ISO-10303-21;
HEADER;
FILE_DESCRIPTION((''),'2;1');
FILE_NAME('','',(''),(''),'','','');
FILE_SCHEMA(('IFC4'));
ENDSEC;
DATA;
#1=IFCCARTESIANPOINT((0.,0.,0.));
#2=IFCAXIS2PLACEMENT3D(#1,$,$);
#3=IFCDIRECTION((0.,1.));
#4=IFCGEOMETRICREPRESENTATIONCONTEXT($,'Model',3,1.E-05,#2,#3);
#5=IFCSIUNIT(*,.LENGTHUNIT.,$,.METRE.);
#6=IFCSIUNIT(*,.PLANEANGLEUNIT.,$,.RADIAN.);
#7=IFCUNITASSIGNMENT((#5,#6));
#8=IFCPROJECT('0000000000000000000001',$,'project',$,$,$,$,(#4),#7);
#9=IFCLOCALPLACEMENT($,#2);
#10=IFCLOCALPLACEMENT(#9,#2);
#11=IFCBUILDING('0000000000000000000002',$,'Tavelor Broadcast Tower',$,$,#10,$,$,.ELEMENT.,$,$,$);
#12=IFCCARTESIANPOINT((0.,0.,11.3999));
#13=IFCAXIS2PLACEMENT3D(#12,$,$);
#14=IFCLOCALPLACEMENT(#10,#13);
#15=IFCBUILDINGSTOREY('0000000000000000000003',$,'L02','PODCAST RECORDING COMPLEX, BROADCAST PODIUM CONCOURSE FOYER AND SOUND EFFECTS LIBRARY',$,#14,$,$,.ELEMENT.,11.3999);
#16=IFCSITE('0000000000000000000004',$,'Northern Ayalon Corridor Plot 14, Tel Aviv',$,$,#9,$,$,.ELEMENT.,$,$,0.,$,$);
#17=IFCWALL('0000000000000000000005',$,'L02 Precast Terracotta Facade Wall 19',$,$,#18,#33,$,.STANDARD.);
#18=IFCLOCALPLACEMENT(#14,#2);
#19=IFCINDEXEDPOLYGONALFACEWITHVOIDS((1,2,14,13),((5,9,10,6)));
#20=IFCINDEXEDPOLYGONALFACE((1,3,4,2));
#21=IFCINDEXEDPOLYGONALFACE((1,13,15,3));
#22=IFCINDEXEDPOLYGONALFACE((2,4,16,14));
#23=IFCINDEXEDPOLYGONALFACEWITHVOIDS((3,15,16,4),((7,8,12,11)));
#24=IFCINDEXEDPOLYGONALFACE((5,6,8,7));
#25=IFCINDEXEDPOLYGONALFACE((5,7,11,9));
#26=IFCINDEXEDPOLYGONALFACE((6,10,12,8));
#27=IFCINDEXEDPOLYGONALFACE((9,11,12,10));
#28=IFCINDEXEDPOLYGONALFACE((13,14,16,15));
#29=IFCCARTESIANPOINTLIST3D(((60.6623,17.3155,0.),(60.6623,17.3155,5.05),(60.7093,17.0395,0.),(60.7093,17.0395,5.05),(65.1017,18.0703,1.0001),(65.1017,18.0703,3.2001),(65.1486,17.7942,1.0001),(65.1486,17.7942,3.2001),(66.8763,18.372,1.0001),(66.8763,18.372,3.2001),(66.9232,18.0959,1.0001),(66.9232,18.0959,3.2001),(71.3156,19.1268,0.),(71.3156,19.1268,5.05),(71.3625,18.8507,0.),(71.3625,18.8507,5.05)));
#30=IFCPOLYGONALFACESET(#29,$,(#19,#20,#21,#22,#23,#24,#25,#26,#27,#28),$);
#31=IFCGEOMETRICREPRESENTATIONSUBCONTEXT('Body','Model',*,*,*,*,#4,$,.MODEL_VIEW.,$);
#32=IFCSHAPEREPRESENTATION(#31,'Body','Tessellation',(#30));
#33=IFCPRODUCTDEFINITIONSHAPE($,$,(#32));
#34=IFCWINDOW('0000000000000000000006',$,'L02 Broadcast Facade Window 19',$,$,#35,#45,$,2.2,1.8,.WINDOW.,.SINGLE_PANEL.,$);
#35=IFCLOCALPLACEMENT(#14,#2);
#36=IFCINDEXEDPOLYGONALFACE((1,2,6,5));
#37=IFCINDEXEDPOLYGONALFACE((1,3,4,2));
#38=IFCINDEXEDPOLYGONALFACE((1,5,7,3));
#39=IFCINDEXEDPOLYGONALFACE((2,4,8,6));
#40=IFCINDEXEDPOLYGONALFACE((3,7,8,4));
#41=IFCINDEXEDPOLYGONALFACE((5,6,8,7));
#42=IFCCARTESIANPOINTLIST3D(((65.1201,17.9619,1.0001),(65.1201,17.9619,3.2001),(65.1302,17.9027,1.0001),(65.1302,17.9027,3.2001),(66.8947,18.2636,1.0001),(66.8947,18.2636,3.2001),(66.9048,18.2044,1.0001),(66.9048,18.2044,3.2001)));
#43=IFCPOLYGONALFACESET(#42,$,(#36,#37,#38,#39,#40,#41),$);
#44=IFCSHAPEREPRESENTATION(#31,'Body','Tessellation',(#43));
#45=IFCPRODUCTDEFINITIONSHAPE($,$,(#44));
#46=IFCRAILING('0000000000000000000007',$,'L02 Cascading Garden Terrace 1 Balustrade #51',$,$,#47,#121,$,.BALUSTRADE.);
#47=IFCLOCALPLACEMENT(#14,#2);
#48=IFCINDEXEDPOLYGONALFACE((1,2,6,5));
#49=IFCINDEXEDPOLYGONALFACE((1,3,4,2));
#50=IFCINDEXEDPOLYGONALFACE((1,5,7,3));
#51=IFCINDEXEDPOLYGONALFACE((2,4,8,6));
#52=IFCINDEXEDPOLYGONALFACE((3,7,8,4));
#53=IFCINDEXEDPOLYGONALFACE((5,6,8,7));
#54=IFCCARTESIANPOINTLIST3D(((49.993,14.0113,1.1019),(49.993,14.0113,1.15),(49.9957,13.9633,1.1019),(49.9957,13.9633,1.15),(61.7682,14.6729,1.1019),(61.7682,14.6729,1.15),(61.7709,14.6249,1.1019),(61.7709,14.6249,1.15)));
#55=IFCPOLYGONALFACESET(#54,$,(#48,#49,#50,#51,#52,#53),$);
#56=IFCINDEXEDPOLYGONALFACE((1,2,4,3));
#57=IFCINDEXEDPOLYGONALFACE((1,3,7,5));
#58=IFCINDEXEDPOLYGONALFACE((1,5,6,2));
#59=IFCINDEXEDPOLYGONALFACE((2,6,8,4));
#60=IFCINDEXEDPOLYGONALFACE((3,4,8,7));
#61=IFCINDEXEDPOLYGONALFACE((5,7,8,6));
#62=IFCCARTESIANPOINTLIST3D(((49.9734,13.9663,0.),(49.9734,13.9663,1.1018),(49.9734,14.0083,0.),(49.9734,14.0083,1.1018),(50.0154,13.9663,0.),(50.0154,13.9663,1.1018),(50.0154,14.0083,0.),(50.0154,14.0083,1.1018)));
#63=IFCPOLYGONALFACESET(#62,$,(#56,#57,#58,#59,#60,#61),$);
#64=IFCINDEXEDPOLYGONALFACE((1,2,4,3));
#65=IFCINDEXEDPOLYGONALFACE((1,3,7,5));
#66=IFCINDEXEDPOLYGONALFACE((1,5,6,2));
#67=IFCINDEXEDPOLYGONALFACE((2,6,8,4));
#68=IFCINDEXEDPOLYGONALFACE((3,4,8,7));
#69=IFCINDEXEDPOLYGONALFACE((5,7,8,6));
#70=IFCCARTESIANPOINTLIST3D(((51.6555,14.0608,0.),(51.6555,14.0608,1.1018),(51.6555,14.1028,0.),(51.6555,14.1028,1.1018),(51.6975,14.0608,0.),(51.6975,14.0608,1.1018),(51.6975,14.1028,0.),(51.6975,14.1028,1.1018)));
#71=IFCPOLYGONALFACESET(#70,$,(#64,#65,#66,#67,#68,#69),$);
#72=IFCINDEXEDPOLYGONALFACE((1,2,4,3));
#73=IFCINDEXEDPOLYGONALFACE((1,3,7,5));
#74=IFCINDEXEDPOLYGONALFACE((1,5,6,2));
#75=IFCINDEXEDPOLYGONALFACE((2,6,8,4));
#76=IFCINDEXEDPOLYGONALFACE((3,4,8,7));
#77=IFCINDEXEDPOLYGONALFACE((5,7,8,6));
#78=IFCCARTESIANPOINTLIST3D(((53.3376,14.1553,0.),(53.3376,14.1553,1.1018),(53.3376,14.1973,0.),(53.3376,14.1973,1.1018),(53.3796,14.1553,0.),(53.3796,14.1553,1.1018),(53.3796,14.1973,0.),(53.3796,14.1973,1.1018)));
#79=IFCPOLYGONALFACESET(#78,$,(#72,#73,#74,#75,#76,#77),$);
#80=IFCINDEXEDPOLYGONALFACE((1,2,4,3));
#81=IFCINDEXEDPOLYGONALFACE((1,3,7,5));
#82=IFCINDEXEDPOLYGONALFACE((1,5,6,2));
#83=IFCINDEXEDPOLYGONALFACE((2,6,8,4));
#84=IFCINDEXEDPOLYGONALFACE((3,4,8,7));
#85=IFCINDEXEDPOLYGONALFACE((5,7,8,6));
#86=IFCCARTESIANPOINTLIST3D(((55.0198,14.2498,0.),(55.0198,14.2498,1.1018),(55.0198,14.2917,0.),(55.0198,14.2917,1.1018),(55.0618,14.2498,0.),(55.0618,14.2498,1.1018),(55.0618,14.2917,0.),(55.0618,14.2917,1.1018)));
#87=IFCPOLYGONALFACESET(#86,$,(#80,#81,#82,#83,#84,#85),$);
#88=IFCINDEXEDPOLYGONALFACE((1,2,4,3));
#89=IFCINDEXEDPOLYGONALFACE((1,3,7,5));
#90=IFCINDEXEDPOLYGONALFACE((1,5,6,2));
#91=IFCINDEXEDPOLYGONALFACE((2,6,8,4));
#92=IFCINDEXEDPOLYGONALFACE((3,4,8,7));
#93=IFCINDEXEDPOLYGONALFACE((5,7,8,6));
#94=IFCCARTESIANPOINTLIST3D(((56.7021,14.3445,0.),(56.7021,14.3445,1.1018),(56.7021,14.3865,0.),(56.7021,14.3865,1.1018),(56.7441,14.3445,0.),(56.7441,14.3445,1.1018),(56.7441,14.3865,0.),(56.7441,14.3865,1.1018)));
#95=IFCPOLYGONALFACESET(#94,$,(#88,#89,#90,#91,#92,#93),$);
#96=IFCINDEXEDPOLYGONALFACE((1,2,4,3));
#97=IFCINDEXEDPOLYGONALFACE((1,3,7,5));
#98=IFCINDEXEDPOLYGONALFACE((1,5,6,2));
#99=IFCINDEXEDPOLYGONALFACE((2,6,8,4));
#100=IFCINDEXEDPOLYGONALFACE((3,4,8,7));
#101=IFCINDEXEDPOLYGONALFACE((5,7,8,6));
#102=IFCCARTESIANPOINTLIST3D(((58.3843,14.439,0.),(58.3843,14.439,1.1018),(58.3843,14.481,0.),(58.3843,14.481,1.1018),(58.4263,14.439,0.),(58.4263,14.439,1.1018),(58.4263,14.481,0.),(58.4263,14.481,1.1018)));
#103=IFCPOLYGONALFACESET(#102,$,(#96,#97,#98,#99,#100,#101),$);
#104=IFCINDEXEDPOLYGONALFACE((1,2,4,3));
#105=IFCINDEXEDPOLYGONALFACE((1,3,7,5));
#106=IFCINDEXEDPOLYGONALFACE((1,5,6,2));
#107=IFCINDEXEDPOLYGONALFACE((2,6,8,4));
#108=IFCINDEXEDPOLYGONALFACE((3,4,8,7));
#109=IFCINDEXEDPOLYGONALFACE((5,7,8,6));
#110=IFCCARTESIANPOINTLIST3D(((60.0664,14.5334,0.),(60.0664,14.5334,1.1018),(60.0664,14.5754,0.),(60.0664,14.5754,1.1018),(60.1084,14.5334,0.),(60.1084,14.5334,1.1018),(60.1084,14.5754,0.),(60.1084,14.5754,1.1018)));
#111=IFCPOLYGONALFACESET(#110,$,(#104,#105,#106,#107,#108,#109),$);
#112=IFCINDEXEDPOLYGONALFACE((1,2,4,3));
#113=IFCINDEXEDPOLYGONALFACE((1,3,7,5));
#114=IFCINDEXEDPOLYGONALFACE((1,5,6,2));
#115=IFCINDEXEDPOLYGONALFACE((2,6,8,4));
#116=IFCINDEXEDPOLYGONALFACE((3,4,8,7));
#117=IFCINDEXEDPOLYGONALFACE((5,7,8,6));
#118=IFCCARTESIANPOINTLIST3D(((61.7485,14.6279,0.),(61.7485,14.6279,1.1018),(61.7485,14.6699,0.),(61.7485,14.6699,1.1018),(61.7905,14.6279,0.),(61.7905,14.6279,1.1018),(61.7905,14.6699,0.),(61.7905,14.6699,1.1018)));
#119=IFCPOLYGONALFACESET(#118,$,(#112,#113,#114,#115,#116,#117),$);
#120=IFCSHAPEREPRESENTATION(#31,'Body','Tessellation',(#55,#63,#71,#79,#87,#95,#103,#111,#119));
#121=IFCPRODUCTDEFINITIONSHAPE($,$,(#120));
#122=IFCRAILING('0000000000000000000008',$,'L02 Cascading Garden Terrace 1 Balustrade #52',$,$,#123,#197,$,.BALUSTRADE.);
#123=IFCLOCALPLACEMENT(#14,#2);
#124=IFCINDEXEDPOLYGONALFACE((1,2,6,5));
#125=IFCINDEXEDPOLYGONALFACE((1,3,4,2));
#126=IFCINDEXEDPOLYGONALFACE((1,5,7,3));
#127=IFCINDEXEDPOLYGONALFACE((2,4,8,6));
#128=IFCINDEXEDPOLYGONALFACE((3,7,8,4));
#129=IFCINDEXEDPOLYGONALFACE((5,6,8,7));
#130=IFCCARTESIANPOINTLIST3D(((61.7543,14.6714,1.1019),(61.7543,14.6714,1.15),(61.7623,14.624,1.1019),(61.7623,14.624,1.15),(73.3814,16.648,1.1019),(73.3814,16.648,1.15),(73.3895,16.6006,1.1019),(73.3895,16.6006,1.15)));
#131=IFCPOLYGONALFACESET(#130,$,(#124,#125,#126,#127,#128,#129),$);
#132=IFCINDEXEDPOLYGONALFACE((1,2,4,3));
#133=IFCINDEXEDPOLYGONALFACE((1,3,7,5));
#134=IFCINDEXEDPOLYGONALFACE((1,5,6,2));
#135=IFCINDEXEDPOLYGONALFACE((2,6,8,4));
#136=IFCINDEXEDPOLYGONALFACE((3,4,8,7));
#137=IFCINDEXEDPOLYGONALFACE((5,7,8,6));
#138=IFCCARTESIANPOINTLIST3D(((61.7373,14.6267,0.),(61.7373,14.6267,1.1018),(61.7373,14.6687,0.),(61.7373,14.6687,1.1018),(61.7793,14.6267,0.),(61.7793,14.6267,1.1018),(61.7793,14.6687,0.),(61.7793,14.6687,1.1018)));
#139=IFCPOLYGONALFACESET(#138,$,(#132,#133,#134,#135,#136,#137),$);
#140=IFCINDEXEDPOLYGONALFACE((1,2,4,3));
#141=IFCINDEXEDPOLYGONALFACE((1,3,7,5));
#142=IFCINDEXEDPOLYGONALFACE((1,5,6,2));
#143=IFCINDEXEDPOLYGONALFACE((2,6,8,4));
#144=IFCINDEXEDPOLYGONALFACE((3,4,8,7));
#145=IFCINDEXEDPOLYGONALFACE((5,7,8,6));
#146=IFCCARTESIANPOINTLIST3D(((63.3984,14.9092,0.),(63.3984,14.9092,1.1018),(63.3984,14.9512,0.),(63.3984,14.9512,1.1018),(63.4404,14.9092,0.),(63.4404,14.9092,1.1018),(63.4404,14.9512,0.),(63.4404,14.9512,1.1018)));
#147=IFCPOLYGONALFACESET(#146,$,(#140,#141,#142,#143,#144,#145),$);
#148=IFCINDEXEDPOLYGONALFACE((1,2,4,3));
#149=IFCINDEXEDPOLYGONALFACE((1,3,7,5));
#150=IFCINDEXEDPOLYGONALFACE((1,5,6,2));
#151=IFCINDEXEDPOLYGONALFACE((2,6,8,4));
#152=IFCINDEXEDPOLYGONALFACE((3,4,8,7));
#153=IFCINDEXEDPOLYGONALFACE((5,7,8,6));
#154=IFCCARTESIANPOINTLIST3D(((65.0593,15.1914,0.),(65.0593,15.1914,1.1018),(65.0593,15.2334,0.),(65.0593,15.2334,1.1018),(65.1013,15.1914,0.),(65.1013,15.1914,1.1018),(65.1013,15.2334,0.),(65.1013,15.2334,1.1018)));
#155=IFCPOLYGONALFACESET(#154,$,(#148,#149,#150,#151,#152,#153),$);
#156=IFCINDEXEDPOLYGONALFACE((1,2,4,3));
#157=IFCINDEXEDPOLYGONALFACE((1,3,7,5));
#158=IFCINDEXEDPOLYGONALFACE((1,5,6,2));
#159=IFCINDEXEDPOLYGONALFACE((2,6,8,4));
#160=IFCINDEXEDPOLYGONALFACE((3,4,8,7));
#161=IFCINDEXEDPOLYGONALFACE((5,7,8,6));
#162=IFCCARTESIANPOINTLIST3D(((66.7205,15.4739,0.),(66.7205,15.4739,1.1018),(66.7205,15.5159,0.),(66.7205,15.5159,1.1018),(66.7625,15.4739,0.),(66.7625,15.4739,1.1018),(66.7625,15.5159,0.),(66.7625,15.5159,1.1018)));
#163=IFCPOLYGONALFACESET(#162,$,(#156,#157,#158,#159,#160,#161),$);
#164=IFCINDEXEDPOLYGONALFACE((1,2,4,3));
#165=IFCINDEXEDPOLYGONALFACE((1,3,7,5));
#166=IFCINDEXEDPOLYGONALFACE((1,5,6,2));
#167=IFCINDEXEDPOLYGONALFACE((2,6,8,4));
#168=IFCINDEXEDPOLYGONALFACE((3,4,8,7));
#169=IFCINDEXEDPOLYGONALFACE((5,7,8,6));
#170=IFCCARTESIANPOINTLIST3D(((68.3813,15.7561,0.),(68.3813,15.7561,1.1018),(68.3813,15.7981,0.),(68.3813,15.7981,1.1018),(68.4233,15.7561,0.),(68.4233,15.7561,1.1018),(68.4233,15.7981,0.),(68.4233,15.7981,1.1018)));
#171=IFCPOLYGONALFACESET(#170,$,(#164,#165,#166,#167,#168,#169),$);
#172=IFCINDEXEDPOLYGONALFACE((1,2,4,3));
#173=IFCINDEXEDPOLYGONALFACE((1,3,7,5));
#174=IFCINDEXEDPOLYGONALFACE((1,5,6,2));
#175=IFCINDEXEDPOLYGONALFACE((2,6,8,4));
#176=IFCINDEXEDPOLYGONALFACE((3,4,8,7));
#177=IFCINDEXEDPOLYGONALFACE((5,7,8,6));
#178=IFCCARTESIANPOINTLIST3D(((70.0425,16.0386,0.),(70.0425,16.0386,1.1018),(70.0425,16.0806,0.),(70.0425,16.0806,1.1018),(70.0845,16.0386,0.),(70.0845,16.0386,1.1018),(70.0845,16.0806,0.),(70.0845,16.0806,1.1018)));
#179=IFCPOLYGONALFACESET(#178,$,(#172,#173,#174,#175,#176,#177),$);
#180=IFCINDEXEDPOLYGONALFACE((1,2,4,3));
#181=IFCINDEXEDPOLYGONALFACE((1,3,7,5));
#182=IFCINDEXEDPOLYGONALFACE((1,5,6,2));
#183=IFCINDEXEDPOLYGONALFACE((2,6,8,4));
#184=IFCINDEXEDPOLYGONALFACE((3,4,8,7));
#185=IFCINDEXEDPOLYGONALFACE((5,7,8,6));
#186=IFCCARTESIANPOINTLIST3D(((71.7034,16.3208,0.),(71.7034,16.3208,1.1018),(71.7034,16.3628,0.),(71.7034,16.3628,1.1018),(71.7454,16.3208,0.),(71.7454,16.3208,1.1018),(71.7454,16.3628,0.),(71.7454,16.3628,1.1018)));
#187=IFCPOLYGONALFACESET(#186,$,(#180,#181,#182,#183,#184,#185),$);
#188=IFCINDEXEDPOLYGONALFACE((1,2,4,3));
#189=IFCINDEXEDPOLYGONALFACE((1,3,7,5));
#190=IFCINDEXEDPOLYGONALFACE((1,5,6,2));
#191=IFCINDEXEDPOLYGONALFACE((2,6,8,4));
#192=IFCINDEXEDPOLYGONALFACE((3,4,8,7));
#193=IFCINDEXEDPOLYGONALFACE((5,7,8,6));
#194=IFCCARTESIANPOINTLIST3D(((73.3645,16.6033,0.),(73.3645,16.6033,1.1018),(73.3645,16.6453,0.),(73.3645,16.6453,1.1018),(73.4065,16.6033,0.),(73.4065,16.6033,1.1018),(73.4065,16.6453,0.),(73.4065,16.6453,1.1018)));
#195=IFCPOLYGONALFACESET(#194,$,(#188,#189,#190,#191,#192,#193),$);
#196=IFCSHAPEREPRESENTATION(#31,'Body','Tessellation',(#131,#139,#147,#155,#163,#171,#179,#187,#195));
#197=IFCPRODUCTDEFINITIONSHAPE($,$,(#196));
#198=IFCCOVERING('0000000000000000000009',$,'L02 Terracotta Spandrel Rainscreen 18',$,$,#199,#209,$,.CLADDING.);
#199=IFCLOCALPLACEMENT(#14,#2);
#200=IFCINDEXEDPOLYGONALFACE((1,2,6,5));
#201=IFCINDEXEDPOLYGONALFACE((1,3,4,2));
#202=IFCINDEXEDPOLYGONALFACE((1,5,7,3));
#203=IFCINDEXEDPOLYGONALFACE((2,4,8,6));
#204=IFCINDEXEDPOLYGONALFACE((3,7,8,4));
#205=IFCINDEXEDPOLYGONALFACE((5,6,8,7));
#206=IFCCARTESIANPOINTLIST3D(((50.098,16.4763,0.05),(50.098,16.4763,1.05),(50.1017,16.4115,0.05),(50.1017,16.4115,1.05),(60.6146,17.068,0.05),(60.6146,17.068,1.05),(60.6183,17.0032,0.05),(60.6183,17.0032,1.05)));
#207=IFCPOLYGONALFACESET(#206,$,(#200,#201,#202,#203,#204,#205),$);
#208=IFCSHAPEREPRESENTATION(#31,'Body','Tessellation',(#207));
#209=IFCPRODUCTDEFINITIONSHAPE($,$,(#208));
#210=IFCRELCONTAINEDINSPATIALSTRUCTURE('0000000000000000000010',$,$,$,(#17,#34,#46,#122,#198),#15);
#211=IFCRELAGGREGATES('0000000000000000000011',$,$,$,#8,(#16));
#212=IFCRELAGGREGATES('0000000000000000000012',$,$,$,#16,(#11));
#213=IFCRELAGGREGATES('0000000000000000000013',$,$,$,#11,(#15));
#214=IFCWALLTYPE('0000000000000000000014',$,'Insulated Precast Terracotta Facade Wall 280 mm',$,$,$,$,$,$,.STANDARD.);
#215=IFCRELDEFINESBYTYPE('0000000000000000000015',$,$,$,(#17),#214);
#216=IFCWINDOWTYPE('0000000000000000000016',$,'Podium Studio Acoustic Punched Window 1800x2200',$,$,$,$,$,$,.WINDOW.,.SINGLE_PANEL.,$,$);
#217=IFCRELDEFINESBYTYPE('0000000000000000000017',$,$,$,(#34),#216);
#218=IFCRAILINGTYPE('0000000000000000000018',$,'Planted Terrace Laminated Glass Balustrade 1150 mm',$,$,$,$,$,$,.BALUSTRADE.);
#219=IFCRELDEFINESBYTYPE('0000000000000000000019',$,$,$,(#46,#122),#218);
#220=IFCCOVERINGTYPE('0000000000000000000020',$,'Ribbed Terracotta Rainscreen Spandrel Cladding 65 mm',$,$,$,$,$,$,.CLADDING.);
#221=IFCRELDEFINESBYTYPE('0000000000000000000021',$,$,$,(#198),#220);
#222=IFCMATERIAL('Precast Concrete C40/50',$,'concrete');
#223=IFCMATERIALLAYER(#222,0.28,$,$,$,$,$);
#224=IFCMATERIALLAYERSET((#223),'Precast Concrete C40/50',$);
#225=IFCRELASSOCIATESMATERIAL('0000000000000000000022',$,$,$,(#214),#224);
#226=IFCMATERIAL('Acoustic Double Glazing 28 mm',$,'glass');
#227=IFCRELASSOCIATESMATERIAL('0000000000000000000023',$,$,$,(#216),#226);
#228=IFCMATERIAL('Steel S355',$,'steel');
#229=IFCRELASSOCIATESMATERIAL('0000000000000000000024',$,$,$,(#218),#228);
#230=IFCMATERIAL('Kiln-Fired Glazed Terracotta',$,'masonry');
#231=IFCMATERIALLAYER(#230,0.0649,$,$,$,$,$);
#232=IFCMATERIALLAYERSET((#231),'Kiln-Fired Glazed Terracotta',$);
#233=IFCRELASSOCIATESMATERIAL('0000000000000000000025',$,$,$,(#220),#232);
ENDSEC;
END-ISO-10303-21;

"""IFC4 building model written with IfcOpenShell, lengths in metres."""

from ifc_helpers import new_model, si_unit, direction, frame, frame_2d, origin, origin_2d, place, context, subcontext, project, spatial, rectangle, extrude, material, layer, layer_set, type_object, element, fill, save


model = new_model("IFC4")

# Units and contexts
model_context = context("Model", 3, precision=1e-05, world=origin(), true_north=direction((0.0, 1.0)))
body_context = subcontext(model_context, "Body", "Model", "MODEL_VIEW")
ifc_project = project(units=[si_unit("LENGTHUNIT", "METRE"), si_unit("PLANEANGLEUNIT", "RADIAN")], contexts=[model_context])

# Site, building, storey
site_placement = place(None, origin())
site = spatial("IfcSite", under=ifc_project, at=site_placement, Name="Northern Ayalon Corridor Plot 14, Tel Aviv", CompositionType="ELEMENT", RefElevation=0.0)
building_placement = place(site_placement, origin())
building = spatial("IfcBuilding", under=site, at=building_placement, Name="Tavelor Broadcast Tower", CompositionType="ELEMENT")
storey_placement = place(building_placement, frame((0.0, 0.0, 11.3999)))
storey = spatial("IfcBuildingStorey", under=building, at=storey_placement, Name="L02", Description="PODCAST RECORDING COMPLEX, BROADCAST PODIUM CONCOURSE FOYER AND SOUND EFFECTS LIBRARY", CompositionType="ELEMENT", Elevation=11.3999)

# Shared definitions
ifc_material_1 = material(Name="Steel S355", Category="steel")

# Shared definitions
ifc_material_2 = material(Name="Acoustic Double Glazing 28 mm", Category="glass")

# Shared definitions
ifc_material_3 = material(Name="Precast Concrete C40/50", Category="concrete")
ifc_layer_1 = layer(ifc_material_3, 0.28)
ifc_layer_set_1 = layer_set([ifc_layer_1], Name="Precast Concrete C40/50")
wall_type_1 = type_object("IfcWallType", Name="Insulated Precast Terracotta Facade Wall 280 mm", PredefinedType="STANDARD", material=ifc_layer_set_1)

# Wall, opening, window
wall_1_placement = place(storey_placement, frame((60.6858, 17.1775, 0.0), z_axis=(0.0, 0.0, 1.0), x_axis=(0.985853, 0.167615, 0.0)))
wall_1 = element("IfcWall", 1, at=wall_1_placement, inside=storey, type_object=wall_type_1, Name="L02 Precast Terracotta Facade Wall 19", PredefinedType="STANDARD", context=body_context, shape_type="SweptSolid", body=[
    extrude(rectangle(XDim=10.8062, YDim=0.28, at=frame_2d((5.4031, 0.0))), origin(), (0.0, 0.0, 1.0), 5.05),
])
opening_1_placement = place(wall_1_placement, frame((4.5032, 0.0, 1.0)))
opening_1 = element("IfcOpeningElement", 2, at=opening_1_placement, cuts=wall_1, PredefinedType="OPENING", context=body_context, shape_type="SweptSolid", body=[
    extrude(rectangle(XDim=1.8, YDim=2.2, at=frame_2d((0.8999, 1.1001))), frame((0.0, 0.1499, 0.0), z_axis=(0.0, -1.0, 0.0), x_axis=(1.0, 0.0, 0.0)), (0.0, 0.0, 1.0), 0.3),
])
window_type_1 = type_object("IfcWindowType", Name="Podium Studio Acoustic Punched Window 1800x2200", PartitioningType="SINGLE_PANEL", PredefinedType="WINDOW", material=ifc_material_2)
window_1_placement = place(opening_1_placement, origin())
window_1 = element("IfcWindow", 3, at=window_1_placement, inside=storey, type_object=window_type_1, Name="L02 Broadcast Facade Window 19", OverallHeight=2.2, OverallWidth=1.8, PartitioningType="SINGLE_PANEL", PredefinedType="WINDOW", context=body_context, shape_type="SweptSolid", body=[
    extrude(rectangle(XDim=1.8, YDim=2.2, at=frame_2d((0.8999, 1.1001))), frame((0.0, 0.03, 0.0), z_axis=(0.0, -1.0, 0.0), x_axis=(1.0, 0.0, 0.0)), (0.0, 0.0, 1.0), 0.0601),
])
fill(opening_1, window_1)

# Railings
railing_type = type_object("IfcRailingType", Name="Planted Terrace Laminated Glass Balustrade 1150 mm", PredefinedType="BALUSTRADE", material=ifc_material_1)
railing_1_placement = place(storey_placement, frame((49.9944, 13.9873, 0.0)))
element("IfcRailing", 4, at=railing_1_placement, inside=storey, type_object=railing_type, Name="L02 Cascading Garden Terrace 1 Balustrade #51", PredefinedType="BALUSTRADE", context=body_context, shape_type="SweptSolid", body=[
    extrude(rectangle(XDim=0.0481, YDim=0.0481, at=origin_2d()), frame((0.0, 0.0, 1.126), z_axis=(0.998425, 0.056099, 0.0), x_axis=(-0.056099, 0.998425, 0.0)), (0.0, 0.0, 1.0), 11.7937),
    extrude(rectangle(XDim=0.042, YDim=0.042, at=origin_2d()), origin(), (0.0, 0.0, 1.0), 1.1018),
    extrude(rectangle(XDim=0.042, YDim=0.042, at=origin_2d()), frame((1.6821, 0.0945, 0.0)), (0.0, 0.0, 1.0), 1.1018),
    extrude(rectangle(XDim=0.042, YDim=0.042, at=origin_2d()), frame((3.3643, 0.189, 0.0)), (0.0, 0.0, 1.0), 1.1018),
    extrude(rectangle(XDim=0.042, YDim=0.042, at=origin_2d()), frame((5.0464, 0.2834, 0.0)), (0.0, 0.0, 1.0), 1.1018),
    extrude(rectangle(XDim=0.042, YDim=0.042, at=origin_2d()), frame((6.7288, 0.3782, 0.0)), (0.0, 0.0, 1.0), 1.1018),
    extrude(rectangle(XDim=0.042, YDim=0.042, at=origin_2d()), frame((8.4109, 0.4727, 0.0)), (0.0, 0.0, 1.0), 1.1018),
    extrude(rectangle(XDim=0.042, YDim=0.042, at=origin_2d()), frame((10.093, 0.5671, 0.0)), (0.0, 0.0, 1.0), 1.1018),
    extrude(rectangle(XDim=0.042, YDim=0.042, at=origin_2d()), frame((11.7751, 0.6616, 0.0)), (0.0, 0.0, 1.0), 1.1018),
])
railing_2_placement = place(storey_placement, frame((61.7583, 14.6477, 0.0)))
element("IfcRailing", 5, at=railing_2_placement, inside=storey, type_object=railing_type, Name="L02 Cascading Garden Terrace 1 Balustrade #52", PredefinedType="BALUSTRADE", context=body_context, shape_type="SweptSolid", body=[
    extrude(rectangle(XDim=0.0481, YDim=0.0481, at=origin_2d()), frame((0.0, 0.0, 1.126), z_axis=(0.985857, 0.16759, 0.0), x_axis=(-0.16759, 0.985857, 0.0)), (0.0, 0.0, 1.0), 11.7939),
    extrude(rectangle(XDim=0.042, YDim=0.042, at=origin_2d()), origin(), (0.0, 0.0, 1.0), 1.1018),
    extrude(rectangle(XDim=0.042, YDim=0.042, at=origin_2d()), frame((1.6611, 0.2825, 0.0)), (0.0, 0.0, 1.0), 1.1018),
    extrude(rectangle(XDim=0.042, YDim=0.042, at=origin_2d()), frame((3.322, 0.5647, 0.0)), (0.0, 0.0, 1.0), 1.1018),
    extrude(rectangle(XDim=0.042, YDim=0.042, at=origin_2d()), frame((4.9832, 0.8472, 0.0)), (0.0, 0.0, 1.0), 1.1018),
    extrude(rectangle(XDim=0.042, YDim=0.042, at=origin_2d()), frame((6.644, 1.1294, 0.0)), (0.0, 0.0, 1.0), 1.1018),
    extrude(rectangle(XDim=0.042, YDim=0.042, at=origin_2d()), frame((8.3052, 1.4119, 0.0)), (0.0, 0.0, 1.0), 1.1018),
    extrude(rectangle(XDim=0.042, YDim=0.042, at=origin_2d()), frame((9.9661, 1.6941, 0.0)), (0.0, 0.0, 1.0), 1.1018),
    extrude(rectangle(XDim=0.042, YDim=0.042, at=origin_2d()), frame((11.6272, 1.9766, 0.0)), (0.0, 0.0, 1.0), 1.1018),
])

# Covering
ifc_material_4 = material(Name="Kiln-Fired Glazed Terracotta", Category="masonry")
ifc_layer_2 = layer(ifc_material_4, 0.0649)
ifc_layer_set_2 = layer_set([ifc_layer_2], Name="Kiln-Fired Glazed Terracotta")
covering_type = type_object("IfcCoveringType", Name="Ribbed Terracotta Rainscreen Spandrel Cladding 65 mm", PredefinedType="CLADDING", material=ifc_layer_set_2)
covering_placement = place(storey_placement, frame((55.3582, 16.7397, 0.05), z_axis=(0.0, 0.0, 1.0), x_axis=(0.998421, 0.05617, 0.0)))
element("IfcCovering", 6, at=covering_placement, inside=storey, type_object=covering_type, Name="L02 Terracotta Spandrel Rainscreen 18", PredefinedType="CLADDING", context=body_context, shape_type="SweptSolid", body=[
    extrude(rectangle(XDim=10.5332, YDim=0.0649, at=origin_2d()), origin(), (0.0, 0.0, 1.0), 1.0),
])

save(model, "model.ifc")
